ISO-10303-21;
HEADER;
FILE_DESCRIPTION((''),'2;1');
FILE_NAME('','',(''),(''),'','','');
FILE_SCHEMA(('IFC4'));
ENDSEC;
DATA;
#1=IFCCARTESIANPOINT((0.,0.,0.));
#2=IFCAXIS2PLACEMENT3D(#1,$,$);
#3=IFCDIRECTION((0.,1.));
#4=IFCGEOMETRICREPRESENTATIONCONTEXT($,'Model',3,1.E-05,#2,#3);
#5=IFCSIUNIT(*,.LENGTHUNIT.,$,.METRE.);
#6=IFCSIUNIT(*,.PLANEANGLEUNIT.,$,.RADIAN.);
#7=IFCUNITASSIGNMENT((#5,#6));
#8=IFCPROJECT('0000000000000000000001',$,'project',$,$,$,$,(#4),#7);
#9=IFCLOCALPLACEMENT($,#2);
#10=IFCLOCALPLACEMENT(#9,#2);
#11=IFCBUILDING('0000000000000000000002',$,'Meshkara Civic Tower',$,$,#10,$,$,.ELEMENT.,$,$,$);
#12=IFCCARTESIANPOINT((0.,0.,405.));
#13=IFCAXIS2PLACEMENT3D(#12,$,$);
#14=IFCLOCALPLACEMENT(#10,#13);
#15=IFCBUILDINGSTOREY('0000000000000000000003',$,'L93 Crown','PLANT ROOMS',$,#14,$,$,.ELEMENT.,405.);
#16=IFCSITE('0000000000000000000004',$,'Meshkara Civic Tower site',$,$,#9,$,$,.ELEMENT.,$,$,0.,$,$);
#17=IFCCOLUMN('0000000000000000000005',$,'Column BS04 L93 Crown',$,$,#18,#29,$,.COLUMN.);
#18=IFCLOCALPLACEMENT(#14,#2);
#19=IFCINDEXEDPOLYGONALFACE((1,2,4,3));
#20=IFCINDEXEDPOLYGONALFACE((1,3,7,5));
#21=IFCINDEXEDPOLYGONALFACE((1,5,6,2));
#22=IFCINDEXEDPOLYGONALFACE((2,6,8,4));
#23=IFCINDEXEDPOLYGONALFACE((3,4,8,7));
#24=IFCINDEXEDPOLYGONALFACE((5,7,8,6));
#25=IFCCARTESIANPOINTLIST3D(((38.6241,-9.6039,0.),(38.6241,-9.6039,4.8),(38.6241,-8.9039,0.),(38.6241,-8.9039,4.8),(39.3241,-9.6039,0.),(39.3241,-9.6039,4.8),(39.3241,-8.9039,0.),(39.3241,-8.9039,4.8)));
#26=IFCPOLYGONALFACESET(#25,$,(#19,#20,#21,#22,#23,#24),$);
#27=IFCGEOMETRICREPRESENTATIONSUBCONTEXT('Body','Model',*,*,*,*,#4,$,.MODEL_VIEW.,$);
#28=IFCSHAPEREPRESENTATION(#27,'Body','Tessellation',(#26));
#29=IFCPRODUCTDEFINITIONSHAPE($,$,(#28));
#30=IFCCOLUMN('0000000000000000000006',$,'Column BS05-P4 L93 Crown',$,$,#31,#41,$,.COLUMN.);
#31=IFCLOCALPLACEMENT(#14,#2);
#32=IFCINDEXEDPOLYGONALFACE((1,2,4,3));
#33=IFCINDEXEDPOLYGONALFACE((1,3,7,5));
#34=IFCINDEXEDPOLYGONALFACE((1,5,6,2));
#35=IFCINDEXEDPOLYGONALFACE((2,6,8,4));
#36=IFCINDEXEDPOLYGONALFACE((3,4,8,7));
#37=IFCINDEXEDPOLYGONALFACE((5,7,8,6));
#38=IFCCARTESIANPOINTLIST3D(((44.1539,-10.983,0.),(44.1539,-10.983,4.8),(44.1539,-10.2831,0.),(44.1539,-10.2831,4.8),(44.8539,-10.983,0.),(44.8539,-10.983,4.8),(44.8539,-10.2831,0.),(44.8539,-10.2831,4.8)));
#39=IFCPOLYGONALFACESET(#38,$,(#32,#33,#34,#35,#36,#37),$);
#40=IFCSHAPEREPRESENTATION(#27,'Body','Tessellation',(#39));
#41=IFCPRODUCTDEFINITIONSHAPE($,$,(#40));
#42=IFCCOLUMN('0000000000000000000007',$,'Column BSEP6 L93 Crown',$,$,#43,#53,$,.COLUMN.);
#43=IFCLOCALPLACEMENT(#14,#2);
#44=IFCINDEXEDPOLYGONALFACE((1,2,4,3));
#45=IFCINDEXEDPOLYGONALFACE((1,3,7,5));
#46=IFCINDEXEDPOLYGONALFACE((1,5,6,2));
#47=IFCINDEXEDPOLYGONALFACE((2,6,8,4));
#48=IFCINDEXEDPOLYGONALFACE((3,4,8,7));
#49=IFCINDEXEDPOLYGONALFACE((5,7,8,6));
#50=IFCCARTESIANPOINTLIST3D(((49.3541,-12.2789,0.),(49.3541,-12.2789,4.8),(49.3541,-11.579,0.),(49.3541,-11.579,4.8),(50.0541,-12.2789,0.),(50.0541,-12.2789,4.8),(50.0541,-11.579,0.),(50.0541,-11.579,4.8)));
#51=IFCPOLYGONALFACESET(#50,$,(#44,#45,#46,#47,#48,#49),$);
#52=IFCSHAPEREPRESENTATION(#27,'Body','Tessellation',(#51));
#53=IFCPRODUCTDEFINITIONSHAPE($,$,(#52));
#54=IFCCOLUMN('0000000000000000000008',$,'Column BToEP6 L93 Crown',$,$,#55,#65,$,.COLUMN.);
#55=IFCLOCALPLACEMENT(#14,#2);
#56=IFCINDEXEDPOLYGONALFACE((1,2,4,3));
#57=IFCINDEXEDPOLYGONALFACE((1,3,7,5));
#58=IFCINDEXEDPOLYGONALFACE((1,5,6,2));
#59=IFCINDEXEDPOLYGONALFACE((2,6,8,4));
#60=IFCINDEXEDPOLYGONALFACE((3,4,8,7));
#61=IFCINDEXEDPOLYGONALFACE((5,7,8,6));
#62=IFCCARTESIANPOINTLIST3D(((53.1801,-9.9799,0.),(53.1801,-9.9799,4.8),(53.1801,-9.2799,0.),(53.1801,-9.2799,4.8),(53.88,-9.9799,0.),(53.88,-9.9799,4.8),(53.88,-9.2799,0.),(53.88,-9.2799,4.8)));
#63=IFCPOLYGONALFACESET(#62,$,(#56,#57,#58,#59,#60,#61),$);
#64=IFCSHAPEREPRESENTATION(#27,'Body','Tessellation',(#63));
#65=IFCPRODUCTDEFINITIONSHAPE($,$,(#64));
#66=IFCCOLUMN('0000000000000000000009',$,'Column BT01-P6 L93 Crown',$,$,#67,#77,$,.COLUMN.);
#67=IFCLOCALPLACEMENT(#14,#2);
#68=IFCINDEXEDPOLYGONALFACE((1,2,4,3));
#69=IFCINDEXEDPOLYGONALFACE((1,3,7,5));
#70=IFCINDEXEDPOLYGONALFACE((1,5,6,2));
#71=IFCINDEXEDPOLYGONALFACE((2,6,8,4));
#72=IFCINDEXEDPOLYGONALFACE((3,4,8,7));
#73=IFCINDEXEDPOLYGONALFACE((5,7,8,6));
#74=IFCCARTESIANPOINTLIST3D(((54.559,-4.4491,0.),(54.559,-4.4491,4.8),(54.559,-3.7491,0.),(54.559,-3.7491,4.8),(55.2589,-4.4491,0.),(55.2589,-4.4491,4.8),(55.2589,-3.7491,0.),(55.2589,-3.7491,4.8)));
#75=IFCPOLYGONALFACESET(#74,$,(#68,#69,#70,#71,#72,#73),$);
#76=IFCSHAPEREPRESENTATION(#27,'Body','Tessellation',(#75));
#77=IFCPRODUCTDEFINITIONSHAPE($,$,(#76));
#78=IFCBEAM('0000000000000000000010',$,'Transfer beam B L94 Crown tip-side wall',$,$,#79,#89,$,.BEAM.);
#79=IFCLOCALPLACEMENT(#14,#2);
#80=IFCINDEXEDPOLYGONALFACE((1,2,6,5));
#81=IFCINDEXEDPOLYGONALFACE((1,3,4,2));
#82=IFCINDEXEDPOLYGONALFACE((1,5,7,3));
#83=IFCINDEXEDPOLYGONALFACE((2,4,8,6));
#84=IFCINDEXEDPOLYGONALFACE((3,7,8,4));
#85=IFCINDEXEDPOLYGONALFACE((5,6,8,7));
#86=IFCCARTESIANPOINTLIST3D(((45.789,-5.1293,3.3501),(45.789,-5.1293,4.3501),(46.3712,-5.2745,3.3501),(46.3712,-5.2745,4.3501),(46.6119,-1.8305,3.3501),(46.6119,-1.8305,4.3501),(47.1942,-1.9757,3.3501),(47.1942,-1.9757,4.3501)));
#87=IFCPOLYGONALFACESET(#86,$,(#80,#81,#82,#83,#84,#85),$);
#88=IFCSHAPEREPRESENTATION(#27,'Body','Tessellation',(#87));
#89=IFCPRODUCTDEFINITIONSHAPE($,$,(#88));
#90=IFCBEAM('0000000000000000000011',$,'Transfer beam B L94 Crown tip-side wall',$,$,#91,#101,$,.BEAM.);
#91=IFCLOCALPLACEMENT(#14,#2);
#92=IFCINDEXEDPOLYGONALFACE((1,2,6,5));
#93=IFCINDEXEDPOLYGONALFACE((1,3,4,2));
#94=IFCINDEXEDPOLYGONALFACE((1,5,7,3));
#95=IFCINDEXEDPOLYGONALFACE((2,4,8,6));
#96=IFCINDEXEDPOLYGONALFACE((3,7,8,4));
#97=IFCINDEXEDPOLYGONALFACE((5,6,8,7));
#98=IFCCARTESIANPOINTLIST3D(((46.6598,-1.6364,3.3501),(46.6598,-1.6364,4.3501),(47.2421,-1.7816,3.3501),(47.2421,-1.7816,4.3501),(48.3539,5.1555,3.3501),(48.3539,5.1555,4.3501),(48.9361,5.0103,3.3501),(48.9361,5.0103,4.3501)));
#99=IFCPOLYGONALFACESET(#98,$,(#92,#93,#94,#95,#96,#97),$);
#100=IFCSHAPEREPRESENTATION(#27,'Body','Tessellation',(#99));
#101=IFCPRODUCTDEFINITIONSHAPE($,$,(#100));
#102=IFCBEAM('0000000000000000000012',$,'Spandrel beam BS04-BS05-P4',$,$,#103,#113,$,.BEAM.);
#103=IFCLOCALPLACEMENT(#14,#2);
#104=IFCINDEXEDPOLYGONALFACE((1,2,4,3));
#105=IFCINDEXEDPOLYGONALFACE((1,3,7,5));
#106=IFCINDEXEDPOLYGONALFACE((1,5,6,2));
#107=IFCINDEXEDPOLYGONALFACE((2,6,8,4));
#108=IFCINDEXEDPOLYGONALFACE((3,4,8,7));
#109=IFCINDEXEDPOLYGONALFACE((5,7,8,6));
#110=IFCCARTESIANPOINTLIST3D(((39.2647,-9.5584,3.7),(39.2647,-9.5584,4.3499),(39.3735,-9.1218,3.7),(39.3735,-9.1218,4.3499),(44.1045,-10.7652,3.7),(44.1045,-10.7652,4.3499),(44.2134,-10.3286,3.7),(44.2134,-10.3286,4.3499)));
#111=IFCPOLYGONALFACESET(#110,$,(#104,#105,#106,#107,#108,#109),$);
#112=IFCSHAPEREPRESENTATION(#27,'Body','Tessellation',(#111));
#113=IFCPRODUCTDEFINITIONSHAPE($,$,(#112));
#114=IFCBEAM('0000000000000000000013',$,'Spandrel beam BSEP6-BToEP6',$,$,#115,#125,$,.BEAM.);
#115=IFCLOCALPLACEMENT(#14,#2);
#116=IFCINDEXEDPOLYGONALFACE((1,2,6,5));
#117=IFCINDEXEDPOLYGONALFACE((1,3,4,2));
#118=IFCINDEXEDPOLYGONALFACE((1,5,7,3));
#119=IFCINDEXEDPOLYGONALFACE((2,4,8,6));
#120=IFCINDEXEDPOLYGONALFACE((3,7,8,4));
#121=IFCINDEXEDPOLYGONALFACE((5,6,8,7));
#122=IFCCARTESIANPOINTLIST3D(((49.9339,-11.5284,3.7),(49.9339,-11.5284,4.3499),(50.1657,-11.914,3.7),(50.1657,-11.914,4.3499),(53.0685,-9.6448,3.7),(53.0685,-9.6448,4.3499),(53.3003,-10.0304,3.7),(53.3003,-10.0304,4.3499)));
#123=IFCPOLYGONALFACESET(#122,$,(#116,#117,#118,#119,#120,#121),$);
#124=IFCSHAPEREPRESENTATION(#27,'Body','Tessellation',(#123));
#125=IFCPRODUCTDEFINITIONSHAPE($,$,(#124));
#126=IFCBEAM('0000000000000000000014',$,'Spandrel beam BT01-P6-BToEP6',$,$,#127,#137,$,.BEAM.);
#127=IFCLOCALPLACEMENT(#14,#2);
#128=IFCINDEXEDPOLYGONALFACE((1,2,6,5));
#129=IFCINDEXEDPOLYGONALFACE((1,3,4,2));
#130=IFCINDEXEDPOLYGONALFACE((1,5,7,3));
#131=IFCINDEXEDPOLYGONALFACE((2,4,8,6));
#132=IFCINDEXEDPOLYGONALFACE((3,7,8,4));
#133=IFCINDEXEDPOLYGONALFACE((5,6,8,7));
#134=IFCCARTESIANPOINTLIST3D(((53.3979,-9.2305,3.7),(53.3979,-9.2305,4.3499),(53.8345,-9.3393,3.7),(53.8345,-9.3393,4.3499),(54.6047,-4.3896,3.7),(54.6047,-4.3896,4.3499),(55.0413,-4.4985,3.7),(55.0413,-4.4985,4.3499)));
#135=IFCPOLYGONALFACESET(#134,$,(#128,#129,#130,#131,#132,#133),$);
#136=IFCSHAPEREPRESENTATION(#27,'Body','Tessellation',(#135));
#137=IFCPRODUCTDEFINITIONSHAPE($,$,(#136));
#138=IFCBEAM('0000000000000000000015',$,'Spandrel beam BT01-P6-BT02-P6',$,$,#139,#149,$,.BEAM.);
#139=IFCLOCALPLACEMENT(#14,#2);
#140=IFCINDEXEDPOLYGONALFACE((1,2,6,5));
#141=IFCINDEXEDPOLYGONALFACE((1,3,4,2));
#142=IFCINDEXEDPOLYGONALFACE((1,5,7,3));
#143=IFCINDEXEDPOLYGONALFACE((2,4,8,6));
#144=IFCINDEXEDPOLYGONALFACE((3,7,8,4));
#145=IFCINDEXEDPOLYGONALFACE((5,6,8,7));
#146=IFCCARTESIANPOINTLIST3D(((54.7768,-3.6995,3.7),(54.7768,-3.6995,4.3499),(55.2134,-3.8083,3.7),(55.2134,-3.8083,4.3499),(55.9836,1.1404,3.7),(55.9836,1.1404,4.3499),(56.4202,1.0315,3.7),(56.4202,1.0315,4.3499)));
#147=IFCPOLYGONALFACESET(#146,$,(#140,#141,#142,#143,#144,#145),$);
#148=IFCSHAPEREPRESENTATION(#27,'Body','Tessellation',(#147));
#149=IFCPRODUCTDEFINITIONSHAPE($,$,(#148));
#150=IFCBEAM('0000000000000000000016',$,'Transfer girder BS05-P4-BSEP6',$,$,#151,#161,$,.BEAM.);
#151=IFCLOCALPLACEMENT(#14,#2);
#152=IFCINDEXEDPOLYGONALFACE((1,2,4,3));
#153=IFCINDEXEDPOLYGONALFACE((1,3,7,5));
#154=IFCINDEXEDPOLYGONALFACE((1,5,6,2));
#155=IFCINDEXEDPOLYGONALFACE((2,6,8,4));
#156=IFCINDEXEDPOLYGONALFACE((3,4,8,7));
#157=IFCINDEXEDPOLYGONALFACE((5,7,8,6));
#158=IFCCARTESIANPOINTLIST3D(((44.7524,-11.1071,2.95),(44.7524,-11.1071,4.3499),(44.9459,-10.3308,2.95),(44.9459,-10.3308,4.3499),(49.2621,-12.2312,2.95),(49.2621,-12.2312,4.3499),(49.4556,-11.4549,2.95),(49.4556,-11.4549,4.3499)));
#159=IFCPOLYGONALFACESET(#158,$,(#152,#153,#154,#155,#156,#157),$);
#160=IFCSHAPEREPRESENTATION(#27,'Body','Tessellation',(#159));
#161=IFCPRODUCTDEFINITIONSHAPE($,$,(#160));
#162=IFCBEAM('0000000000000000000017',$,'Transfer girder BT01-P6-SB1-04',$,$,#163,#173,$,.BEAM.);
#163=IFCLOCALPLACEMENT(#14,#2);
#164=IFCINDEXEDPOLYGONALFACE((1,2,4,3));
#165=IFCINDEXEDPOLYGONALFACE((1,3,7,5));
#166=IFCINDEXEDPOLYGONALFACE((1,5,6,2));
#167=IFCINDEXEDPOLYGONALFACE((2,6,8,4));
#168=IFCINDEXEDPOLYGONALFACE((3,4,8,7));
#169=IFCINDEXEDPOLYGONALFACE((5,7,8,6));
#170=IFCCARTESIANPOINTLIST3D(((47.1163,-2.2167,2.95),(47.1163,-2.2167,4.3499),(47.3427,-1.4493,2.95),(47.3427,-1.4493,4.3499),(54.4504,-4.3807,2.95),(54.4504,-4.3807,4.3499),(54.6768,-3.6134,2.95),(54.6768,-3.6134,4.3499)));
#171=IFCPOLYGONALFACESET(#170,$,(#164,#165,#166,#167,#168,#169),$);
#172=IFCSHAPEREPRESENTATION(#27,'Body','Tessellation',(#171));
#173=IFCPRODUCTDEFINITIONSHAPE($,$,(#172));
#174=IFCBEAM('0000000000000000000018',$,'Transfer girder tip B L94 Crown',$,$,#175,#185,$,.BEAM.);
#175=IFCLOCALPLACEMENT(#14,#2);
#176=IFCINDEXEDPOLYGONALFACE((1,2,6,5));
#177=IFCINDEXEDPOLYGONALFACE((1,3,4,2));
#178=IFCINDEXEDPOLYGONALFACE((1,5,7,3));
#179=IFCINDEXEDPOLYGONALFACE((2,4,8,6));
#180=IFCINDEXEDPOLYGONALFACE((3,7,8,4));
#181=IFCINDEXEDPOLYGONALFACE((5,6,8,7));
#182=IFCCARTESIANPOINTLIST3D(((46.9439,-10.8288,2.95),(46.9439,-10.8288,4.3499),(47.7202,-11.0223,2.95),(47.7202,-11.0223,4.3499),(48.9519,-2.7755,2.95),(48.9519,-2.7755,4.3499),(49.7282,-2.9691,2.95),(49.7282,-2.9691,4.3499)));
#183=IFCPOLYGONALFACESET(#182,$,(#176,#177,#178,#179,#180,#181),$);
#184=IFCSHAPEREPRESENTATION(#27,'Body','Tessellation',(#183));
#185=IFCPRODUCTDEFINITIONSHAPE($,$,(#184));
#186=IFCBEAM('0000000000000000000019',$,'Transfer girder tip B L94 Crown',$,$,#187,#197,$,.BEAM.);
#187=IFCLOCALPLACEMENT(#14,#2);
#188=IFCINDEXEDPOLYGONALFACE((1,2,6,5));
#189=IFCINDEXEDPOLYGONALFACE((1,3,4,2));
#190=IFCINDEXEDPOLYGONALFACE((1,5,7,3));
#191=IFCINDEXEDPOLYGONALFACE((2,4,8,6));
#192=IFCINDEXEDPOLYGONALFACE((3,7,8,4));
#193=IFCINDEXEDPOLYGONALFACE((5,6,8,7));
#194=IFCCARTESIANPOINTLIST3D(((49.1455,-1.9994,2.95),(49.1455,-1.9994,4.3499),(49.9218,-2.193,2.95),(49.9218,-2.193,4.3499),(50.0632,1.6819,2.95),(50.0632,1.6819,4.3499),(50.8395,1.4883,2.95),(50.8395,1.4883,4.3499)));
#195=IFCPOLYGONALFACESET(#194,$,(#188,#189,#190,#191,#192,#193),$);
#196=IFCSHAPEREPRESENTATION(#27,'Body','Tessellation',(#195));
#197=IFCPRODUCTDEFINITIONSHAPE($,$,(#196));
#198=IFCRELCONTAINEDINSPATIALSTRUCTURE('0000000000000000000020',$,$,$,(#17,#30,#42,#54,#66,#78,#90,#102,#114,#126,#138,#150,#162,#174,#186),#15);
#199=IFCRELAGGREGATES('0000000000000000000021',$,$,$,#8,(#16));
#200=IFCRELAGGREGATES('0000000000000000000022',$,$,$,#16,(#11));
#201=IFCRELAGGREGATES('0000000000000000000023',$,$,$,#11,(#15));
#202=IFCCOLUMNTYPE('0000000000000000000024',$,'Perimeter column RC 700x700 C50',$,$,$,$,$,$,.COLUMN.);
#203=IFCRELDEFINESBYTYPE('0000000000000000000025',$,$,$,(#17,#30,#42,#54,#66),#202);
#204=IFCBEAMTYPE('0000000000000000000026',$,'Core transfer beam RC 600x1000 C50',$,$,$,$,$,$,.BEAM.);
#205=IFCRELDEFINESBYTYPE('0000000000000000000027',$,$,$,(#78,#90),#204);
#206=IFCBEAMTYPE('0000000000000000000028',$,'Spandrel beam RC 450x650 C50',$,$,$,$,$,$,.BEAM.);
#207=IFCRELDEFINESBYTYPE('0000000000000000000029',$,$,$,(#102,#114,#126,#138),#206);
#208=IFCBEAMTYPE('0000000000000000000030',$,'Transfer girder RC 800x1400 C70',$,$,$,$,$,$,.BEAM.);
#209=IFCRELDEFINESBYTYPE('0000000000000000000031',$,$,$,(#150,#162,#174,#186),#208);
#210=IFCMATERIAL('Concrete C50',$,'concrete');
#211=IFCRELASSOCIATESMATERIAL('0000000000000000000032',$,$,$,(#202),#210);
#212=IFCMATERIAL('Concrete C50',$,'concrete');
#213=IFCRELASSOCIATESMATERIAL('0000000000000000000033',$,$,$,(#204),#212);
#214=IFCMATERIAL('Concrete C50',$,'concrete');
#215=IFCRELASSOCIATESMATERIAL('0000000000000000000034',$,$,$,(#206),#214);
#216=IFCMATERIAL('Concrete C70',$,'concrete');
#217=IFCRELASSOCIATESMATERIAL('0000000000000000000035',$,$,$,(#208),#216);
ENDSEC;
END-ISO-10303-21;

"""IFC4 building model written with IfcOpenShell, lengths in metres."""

from ifc_helpers import new_model, si_unit, direction, frame, origin, origin_2d, place, context, subcontext, project, spatial, rectangle, extrude, material, material_profile, profile_set, type_object, element, save


model = new_model("IFC4")

# Units and contexts
model_context = context("Model", 3, precision=1e-05, world=origin(), true_north=direction((0.0, 1.0)))
body_context = subcontext(model_context, "Body", "Model", "MODEL_VIEW")
ifc_project = project(units=[si_unit("LENGTHUNIT", "METRE"), si_unit("PLANEANGLEUNIT", "RADIAN")], contexts=[model_context])

# Site, building, storey
site_placement = place(None, origin())
site = spatial("IfcSite", under=ifc_project, at=site_placement, Name="Meshkara Civic Tower site", CompositionType="ELEMENT", RefElevation=0.0)
building_placement = place(site_placement, origin())
building = spatial("IfcBuilding", under=site, at=building_placement, Name="Meshkara Civic Tower", CompositionType="ELEMENT")
storey_placement = place(building_placement, frame((0.0, 0.0, 405.0)))
storey = spatial("IfcBuildingStorey", under=building, at=storey_placement, Name="L93 Crown", Description="PLANT ROOMS", CompositionType="ELEMENT", Elevation=405.0)

# Columns
ifc_material_1 = material(Name="Concrete C50", Category="concrete")
ifc_material_profile_1 = material_profile(ifc_material_1, rectangle(XDim=0.7, YDim=0.7, at=origin_2d()))
ifc_profile_set_1 = profile_set([ifc_material_profile_1], Name="Concrete C50")
column_type = type_object("IfcColumnType", Name="Perimeter column RC 700x700 C50", PredefinedType="COLUMN", material=ifc_profile_set_1)
for number, where, z_axis, x_axis, name in (
    (1, (38.9741, -9.2539, 0.0), (0.0, 0.0, 1.0), (1.0, 0.0, 0.0), "Column BS04 L93 Crown"),
    (2, (44.5039, -10.6331, 0.0), (0.0, 0.0, 1.0), (1.0, 0.0, 0.0), "Column BS05-P4 L93 Crown"),
    (3, (49.7041, -11.929, 0.0), (0.0, 0.0, 1.0), (1.0, 0.0, 0.0), "Column BSEP6 L93 Crown"),
    (4, (53.53, -9.6299, 0.0), (0.0, 0.0, 1.0), (1.0, 0.0, 0.0), "Column BToEP6 L93 Crown"),
    (5, (54.9089, -4.0991, 0.0), (0.0, 0.0, 1.0), (1.0, 0.0, 0.0), "Column BT01-P6 L93 Crown"),
):
    element("IfcColumn", number, at=place(storey_placement, frame(where, z_axis=z_axis, x_axis=x_axis)), inside=storey, type_object=column_type, Name=name, PredefinedType="COLUMN", context=body_context, shape_type="SweptSolid", body=[
        extrude(rectangle(XDim=0.7, YDim=0.7, at=origin_2d()), origin(), (0.0, 0.0, 1.0), 4.8),
    ])

# Beams
ifc_material_2 = material(Name="Concrete C50", Category="concrete")
ifc_material_profile_2 = material_profile(ifc_material_2, rectangle(XDim=0.6001, YDim=1.0, at=origin_2d()))
ifc_profile_set_2 = profile_set([ifc_material_profile_2], Name="Concrete C50")
beam_type_1 = type_object("IfcBeamType", Name="Core transfer beam RC 600x1000 C50", PredefinedType="BEAM", material=ifc_profile_set_2)
beam_1_placement = place(storey_placement, frame((46.0801, -5.2019, 3.8501), z_axis=(0.242063, 0.970261, 0.0), x_axis=(-0.970261, 0.242063, 0.0)))
element("IfcBeam", 6, at=beam_1_placement, inside=storey, type_object=beam_type_1, Name="Transfer beam B L94 Crown tip-side wall", PredefinedType="BEAM", context=body_context, shape_type="SweptSolid", body=[
    extrude(rectangle(XDim=0.6001, YDim=1.0, at=origin_2d()), origin(), (0.0, 0.0, 1.0), 3.3999),
])
beam_2_placement = place(storey_placement, frame((46.9509, -1.709, 3.8501), z_axis=(0.24201, 0.970274, 0.0), x_axis=(-0.970274, 0.24201, 0.0)))
element("IfcBeam", 7, at=beam_2_placement, inside=storey, type_object=beam_type_1, Name="Transfer beam B L94 Crown tip-side wall", PredefinedType="BEAM", context=body_context, shape_type="SweptSolid", body=[
    extrude(rectangle(XDim=0.6001, YDim=1.0, at=origin_2d()), origin(), (0.0, 0.0, 1.0), 7.0),
])
ifc_material_3 = material(Name="Concrete C50", Category="concrete")
ifc_material_profile_3 = material_profile(ifc_material_3, rectangle(XDim=0.45, YDim=0.6499, at=origin_2d()))
ifc_profile_set_3 = profile_set([ifc_material_profile_3], Name="Concrete C50")
beam_type_2 = type_object("IfcBeamType", Name="Spandrel beam RC 450x650 C50", PredefinedType="BEAM", material=ifc_profile_set_3)
beam_3_placement = place(storey_placement, frame((39.3191, -9.3401, 4.0249), z_axis=(0.970292, -0.241937, 0.0), x_axis=(0.241937, 0.970292, 0.0)))
element("IfcBeam", 8, at=beam_3_placement, inside=storey, type_object=beam_type_2, Name="Spandrel beam BS04-BS05-P4", PredefinedType="BEAM", context=body_context, shape_type="SweptSolid", body=[
    extrude(rectangle(XDim=0.45, YDim=0.6499, at=origin_2d()), origin(), (0.0, 0.0, 1.0), 4.988),
])
beam_4_placement = place(storey_placement, frame((50.0498, -11.7212, 4.0249), z_axis=(0.857151, 0.515065, 0.0), x_axis=(-0.515065, 0.857151, 0.0)))
element("IfcBeam", 9, at=beam_4_placement, inside=storey, type_object=beam_type_2, Name="Spandrel beam BSEP6-BToEP6", PredefinedType="BEAM", context=body_context, shape_type="SweptSolid", body=[
    extrude(rectangle(XDim=0.45, YDim=0.6499, at=origin_2d()), origin(), (0.0, 0.0, 1.0), 3.657),
])
beam_5_placement = place(storey_placement, frame((53.6162, -9.2849, 4.0249), z_axis=(0.241891, 0.970303, 0.0), x_axis=(-0.970303, 0.241891, 0.0)))
element("IfcBeam", 10, at=beam_5_placement, inside=storey, type_object=beam_type_2, Name="Spandrel beam BT01-P6-BToEP6", PredefinedType="BEAM", context=body_context, shape_type="SweptSolid", body=[
    extrude(rectangle(XDim=0.45, YDim=0.6499, at=origin_2d()), origin(), (0.0, 0.0, 1.0), 4.989),
])
beam_6_placement = place(storey_placement, frame((54.9951, -3.7539, 4.0249), z_axis=(0.241937, 0.970292, 0.0), x_axis=(-0.970292, 0.241937, 0.0)))
element("IfcBeam", 11, at=beam_6_placement, inside=storey, type_object=beam_type_2, Name="Spandrel beam BT01-P6-BT02-P6", PredefinedType="BEAM", context=body_context, shape_type="SweptSolid", body=[
    extrude(rectangle(XDim=0.45, YDim=0.6499, at=origin_2d()), origin(), (0.0, 0.0, 1.0), 4.988),
])
ifc_material_4 = material(Name="Concrete C70", Category="concrete")
ifc_material_profile_4 = material_profile(ifc_material_4, rectangle(XDim=0.8, YDim=1.3999, at=origin_2d()))
ifc_profile_set_4 = profile_set([ifc_material_profile_4], Name="Concrete C70")
beam_type_3 = type_object("IfcBeamType", Name="Transfer girder RC 800x1400 C70", PredefinedType="BEAM", material=ifc_profile_set_4)
beam_7_placement = place(storey_placement, frame((44.8491, -10.719, 3.6499), z_axis=(0.970315, -0.241843, 0.0), x_axis=(0.241843, 0.970315, 0.0)))
element("IfcBeam", 12, at=beam_7_placement, inside=storey, type_object=beam_type_3, Name="Transfer girder BS05-P4-BSEP6", PredefinedType="BEAM", context=body_context, shape_type="SweptSolid", body=[
    extrude(rectangle(XDim=0.8, YDim=1.3999, at=origin_2d()), origin(), (0.0, 0.0, 1.0), 4.6477),
])
beam_8_placement = place(storey_placement, frame((47.2295, -1.833, 3.6499), z_axis=(0.95912, -0.283001, 0.0), x_axis=(0.283001, 0.95912, 0.0)))
element("IfcBeam", 13, at=beam_8_placement, inside=storey, type_object=beam_type_3, Name="Transfer girder BT01-P6-SB1-04", PredefinedType="BEAM", context=body_context, shape_type="SweptSolid", body=[
    extrude(rectangle(XDim=0.8, YDim=1.3999, at=origin_2d()), origin(), (0.0, 0.0, 1.0), 7.6467),
])
beam_9_placement = place(storey_placement, frame((47.332, -10.9255, 3.6499), z_axis=(0.24194, 0.970291, 0.0), x_axis=(-0.970291, 0.24194, 0.0)))
element("IfcBeam", 14, at=beam_9_placement, inside=storey, type_object=beam_type_3, Name="Transfer girder tip B L94 Crown", PredefinedType="BEAM", context=body_context, shape_type="SweptSolid", body=[
    extrude(rectangle(XDim=0.8, YDim=1.3999, at=origin_2d()), origin(), (0.0, 0.0, 1.0), 8.2998),
])
beam_10_placement = place(storey_placement, frame((49.5337, -2.0962, 3.6499), z_axis=(0.241885, 0.970305, 0.0), x_axis=(-0.970305, 0.241885, 0.0)))
element("IfcBeam", 15, at=beam_10_placement, inside=storey, type_object=beam_type_3, Name="Transfer girder tip B L94 Crown", PredefinedType="BEAM", context=body_context, shape_type="SweptSolid", body=[
    extrude(rectangle(XDim=0.8, YDim=1.3999, at=origin_2d()), origin(), (0.0, 0.0, 1.0), 3.7939),
])

save(model, "model.ifc")
